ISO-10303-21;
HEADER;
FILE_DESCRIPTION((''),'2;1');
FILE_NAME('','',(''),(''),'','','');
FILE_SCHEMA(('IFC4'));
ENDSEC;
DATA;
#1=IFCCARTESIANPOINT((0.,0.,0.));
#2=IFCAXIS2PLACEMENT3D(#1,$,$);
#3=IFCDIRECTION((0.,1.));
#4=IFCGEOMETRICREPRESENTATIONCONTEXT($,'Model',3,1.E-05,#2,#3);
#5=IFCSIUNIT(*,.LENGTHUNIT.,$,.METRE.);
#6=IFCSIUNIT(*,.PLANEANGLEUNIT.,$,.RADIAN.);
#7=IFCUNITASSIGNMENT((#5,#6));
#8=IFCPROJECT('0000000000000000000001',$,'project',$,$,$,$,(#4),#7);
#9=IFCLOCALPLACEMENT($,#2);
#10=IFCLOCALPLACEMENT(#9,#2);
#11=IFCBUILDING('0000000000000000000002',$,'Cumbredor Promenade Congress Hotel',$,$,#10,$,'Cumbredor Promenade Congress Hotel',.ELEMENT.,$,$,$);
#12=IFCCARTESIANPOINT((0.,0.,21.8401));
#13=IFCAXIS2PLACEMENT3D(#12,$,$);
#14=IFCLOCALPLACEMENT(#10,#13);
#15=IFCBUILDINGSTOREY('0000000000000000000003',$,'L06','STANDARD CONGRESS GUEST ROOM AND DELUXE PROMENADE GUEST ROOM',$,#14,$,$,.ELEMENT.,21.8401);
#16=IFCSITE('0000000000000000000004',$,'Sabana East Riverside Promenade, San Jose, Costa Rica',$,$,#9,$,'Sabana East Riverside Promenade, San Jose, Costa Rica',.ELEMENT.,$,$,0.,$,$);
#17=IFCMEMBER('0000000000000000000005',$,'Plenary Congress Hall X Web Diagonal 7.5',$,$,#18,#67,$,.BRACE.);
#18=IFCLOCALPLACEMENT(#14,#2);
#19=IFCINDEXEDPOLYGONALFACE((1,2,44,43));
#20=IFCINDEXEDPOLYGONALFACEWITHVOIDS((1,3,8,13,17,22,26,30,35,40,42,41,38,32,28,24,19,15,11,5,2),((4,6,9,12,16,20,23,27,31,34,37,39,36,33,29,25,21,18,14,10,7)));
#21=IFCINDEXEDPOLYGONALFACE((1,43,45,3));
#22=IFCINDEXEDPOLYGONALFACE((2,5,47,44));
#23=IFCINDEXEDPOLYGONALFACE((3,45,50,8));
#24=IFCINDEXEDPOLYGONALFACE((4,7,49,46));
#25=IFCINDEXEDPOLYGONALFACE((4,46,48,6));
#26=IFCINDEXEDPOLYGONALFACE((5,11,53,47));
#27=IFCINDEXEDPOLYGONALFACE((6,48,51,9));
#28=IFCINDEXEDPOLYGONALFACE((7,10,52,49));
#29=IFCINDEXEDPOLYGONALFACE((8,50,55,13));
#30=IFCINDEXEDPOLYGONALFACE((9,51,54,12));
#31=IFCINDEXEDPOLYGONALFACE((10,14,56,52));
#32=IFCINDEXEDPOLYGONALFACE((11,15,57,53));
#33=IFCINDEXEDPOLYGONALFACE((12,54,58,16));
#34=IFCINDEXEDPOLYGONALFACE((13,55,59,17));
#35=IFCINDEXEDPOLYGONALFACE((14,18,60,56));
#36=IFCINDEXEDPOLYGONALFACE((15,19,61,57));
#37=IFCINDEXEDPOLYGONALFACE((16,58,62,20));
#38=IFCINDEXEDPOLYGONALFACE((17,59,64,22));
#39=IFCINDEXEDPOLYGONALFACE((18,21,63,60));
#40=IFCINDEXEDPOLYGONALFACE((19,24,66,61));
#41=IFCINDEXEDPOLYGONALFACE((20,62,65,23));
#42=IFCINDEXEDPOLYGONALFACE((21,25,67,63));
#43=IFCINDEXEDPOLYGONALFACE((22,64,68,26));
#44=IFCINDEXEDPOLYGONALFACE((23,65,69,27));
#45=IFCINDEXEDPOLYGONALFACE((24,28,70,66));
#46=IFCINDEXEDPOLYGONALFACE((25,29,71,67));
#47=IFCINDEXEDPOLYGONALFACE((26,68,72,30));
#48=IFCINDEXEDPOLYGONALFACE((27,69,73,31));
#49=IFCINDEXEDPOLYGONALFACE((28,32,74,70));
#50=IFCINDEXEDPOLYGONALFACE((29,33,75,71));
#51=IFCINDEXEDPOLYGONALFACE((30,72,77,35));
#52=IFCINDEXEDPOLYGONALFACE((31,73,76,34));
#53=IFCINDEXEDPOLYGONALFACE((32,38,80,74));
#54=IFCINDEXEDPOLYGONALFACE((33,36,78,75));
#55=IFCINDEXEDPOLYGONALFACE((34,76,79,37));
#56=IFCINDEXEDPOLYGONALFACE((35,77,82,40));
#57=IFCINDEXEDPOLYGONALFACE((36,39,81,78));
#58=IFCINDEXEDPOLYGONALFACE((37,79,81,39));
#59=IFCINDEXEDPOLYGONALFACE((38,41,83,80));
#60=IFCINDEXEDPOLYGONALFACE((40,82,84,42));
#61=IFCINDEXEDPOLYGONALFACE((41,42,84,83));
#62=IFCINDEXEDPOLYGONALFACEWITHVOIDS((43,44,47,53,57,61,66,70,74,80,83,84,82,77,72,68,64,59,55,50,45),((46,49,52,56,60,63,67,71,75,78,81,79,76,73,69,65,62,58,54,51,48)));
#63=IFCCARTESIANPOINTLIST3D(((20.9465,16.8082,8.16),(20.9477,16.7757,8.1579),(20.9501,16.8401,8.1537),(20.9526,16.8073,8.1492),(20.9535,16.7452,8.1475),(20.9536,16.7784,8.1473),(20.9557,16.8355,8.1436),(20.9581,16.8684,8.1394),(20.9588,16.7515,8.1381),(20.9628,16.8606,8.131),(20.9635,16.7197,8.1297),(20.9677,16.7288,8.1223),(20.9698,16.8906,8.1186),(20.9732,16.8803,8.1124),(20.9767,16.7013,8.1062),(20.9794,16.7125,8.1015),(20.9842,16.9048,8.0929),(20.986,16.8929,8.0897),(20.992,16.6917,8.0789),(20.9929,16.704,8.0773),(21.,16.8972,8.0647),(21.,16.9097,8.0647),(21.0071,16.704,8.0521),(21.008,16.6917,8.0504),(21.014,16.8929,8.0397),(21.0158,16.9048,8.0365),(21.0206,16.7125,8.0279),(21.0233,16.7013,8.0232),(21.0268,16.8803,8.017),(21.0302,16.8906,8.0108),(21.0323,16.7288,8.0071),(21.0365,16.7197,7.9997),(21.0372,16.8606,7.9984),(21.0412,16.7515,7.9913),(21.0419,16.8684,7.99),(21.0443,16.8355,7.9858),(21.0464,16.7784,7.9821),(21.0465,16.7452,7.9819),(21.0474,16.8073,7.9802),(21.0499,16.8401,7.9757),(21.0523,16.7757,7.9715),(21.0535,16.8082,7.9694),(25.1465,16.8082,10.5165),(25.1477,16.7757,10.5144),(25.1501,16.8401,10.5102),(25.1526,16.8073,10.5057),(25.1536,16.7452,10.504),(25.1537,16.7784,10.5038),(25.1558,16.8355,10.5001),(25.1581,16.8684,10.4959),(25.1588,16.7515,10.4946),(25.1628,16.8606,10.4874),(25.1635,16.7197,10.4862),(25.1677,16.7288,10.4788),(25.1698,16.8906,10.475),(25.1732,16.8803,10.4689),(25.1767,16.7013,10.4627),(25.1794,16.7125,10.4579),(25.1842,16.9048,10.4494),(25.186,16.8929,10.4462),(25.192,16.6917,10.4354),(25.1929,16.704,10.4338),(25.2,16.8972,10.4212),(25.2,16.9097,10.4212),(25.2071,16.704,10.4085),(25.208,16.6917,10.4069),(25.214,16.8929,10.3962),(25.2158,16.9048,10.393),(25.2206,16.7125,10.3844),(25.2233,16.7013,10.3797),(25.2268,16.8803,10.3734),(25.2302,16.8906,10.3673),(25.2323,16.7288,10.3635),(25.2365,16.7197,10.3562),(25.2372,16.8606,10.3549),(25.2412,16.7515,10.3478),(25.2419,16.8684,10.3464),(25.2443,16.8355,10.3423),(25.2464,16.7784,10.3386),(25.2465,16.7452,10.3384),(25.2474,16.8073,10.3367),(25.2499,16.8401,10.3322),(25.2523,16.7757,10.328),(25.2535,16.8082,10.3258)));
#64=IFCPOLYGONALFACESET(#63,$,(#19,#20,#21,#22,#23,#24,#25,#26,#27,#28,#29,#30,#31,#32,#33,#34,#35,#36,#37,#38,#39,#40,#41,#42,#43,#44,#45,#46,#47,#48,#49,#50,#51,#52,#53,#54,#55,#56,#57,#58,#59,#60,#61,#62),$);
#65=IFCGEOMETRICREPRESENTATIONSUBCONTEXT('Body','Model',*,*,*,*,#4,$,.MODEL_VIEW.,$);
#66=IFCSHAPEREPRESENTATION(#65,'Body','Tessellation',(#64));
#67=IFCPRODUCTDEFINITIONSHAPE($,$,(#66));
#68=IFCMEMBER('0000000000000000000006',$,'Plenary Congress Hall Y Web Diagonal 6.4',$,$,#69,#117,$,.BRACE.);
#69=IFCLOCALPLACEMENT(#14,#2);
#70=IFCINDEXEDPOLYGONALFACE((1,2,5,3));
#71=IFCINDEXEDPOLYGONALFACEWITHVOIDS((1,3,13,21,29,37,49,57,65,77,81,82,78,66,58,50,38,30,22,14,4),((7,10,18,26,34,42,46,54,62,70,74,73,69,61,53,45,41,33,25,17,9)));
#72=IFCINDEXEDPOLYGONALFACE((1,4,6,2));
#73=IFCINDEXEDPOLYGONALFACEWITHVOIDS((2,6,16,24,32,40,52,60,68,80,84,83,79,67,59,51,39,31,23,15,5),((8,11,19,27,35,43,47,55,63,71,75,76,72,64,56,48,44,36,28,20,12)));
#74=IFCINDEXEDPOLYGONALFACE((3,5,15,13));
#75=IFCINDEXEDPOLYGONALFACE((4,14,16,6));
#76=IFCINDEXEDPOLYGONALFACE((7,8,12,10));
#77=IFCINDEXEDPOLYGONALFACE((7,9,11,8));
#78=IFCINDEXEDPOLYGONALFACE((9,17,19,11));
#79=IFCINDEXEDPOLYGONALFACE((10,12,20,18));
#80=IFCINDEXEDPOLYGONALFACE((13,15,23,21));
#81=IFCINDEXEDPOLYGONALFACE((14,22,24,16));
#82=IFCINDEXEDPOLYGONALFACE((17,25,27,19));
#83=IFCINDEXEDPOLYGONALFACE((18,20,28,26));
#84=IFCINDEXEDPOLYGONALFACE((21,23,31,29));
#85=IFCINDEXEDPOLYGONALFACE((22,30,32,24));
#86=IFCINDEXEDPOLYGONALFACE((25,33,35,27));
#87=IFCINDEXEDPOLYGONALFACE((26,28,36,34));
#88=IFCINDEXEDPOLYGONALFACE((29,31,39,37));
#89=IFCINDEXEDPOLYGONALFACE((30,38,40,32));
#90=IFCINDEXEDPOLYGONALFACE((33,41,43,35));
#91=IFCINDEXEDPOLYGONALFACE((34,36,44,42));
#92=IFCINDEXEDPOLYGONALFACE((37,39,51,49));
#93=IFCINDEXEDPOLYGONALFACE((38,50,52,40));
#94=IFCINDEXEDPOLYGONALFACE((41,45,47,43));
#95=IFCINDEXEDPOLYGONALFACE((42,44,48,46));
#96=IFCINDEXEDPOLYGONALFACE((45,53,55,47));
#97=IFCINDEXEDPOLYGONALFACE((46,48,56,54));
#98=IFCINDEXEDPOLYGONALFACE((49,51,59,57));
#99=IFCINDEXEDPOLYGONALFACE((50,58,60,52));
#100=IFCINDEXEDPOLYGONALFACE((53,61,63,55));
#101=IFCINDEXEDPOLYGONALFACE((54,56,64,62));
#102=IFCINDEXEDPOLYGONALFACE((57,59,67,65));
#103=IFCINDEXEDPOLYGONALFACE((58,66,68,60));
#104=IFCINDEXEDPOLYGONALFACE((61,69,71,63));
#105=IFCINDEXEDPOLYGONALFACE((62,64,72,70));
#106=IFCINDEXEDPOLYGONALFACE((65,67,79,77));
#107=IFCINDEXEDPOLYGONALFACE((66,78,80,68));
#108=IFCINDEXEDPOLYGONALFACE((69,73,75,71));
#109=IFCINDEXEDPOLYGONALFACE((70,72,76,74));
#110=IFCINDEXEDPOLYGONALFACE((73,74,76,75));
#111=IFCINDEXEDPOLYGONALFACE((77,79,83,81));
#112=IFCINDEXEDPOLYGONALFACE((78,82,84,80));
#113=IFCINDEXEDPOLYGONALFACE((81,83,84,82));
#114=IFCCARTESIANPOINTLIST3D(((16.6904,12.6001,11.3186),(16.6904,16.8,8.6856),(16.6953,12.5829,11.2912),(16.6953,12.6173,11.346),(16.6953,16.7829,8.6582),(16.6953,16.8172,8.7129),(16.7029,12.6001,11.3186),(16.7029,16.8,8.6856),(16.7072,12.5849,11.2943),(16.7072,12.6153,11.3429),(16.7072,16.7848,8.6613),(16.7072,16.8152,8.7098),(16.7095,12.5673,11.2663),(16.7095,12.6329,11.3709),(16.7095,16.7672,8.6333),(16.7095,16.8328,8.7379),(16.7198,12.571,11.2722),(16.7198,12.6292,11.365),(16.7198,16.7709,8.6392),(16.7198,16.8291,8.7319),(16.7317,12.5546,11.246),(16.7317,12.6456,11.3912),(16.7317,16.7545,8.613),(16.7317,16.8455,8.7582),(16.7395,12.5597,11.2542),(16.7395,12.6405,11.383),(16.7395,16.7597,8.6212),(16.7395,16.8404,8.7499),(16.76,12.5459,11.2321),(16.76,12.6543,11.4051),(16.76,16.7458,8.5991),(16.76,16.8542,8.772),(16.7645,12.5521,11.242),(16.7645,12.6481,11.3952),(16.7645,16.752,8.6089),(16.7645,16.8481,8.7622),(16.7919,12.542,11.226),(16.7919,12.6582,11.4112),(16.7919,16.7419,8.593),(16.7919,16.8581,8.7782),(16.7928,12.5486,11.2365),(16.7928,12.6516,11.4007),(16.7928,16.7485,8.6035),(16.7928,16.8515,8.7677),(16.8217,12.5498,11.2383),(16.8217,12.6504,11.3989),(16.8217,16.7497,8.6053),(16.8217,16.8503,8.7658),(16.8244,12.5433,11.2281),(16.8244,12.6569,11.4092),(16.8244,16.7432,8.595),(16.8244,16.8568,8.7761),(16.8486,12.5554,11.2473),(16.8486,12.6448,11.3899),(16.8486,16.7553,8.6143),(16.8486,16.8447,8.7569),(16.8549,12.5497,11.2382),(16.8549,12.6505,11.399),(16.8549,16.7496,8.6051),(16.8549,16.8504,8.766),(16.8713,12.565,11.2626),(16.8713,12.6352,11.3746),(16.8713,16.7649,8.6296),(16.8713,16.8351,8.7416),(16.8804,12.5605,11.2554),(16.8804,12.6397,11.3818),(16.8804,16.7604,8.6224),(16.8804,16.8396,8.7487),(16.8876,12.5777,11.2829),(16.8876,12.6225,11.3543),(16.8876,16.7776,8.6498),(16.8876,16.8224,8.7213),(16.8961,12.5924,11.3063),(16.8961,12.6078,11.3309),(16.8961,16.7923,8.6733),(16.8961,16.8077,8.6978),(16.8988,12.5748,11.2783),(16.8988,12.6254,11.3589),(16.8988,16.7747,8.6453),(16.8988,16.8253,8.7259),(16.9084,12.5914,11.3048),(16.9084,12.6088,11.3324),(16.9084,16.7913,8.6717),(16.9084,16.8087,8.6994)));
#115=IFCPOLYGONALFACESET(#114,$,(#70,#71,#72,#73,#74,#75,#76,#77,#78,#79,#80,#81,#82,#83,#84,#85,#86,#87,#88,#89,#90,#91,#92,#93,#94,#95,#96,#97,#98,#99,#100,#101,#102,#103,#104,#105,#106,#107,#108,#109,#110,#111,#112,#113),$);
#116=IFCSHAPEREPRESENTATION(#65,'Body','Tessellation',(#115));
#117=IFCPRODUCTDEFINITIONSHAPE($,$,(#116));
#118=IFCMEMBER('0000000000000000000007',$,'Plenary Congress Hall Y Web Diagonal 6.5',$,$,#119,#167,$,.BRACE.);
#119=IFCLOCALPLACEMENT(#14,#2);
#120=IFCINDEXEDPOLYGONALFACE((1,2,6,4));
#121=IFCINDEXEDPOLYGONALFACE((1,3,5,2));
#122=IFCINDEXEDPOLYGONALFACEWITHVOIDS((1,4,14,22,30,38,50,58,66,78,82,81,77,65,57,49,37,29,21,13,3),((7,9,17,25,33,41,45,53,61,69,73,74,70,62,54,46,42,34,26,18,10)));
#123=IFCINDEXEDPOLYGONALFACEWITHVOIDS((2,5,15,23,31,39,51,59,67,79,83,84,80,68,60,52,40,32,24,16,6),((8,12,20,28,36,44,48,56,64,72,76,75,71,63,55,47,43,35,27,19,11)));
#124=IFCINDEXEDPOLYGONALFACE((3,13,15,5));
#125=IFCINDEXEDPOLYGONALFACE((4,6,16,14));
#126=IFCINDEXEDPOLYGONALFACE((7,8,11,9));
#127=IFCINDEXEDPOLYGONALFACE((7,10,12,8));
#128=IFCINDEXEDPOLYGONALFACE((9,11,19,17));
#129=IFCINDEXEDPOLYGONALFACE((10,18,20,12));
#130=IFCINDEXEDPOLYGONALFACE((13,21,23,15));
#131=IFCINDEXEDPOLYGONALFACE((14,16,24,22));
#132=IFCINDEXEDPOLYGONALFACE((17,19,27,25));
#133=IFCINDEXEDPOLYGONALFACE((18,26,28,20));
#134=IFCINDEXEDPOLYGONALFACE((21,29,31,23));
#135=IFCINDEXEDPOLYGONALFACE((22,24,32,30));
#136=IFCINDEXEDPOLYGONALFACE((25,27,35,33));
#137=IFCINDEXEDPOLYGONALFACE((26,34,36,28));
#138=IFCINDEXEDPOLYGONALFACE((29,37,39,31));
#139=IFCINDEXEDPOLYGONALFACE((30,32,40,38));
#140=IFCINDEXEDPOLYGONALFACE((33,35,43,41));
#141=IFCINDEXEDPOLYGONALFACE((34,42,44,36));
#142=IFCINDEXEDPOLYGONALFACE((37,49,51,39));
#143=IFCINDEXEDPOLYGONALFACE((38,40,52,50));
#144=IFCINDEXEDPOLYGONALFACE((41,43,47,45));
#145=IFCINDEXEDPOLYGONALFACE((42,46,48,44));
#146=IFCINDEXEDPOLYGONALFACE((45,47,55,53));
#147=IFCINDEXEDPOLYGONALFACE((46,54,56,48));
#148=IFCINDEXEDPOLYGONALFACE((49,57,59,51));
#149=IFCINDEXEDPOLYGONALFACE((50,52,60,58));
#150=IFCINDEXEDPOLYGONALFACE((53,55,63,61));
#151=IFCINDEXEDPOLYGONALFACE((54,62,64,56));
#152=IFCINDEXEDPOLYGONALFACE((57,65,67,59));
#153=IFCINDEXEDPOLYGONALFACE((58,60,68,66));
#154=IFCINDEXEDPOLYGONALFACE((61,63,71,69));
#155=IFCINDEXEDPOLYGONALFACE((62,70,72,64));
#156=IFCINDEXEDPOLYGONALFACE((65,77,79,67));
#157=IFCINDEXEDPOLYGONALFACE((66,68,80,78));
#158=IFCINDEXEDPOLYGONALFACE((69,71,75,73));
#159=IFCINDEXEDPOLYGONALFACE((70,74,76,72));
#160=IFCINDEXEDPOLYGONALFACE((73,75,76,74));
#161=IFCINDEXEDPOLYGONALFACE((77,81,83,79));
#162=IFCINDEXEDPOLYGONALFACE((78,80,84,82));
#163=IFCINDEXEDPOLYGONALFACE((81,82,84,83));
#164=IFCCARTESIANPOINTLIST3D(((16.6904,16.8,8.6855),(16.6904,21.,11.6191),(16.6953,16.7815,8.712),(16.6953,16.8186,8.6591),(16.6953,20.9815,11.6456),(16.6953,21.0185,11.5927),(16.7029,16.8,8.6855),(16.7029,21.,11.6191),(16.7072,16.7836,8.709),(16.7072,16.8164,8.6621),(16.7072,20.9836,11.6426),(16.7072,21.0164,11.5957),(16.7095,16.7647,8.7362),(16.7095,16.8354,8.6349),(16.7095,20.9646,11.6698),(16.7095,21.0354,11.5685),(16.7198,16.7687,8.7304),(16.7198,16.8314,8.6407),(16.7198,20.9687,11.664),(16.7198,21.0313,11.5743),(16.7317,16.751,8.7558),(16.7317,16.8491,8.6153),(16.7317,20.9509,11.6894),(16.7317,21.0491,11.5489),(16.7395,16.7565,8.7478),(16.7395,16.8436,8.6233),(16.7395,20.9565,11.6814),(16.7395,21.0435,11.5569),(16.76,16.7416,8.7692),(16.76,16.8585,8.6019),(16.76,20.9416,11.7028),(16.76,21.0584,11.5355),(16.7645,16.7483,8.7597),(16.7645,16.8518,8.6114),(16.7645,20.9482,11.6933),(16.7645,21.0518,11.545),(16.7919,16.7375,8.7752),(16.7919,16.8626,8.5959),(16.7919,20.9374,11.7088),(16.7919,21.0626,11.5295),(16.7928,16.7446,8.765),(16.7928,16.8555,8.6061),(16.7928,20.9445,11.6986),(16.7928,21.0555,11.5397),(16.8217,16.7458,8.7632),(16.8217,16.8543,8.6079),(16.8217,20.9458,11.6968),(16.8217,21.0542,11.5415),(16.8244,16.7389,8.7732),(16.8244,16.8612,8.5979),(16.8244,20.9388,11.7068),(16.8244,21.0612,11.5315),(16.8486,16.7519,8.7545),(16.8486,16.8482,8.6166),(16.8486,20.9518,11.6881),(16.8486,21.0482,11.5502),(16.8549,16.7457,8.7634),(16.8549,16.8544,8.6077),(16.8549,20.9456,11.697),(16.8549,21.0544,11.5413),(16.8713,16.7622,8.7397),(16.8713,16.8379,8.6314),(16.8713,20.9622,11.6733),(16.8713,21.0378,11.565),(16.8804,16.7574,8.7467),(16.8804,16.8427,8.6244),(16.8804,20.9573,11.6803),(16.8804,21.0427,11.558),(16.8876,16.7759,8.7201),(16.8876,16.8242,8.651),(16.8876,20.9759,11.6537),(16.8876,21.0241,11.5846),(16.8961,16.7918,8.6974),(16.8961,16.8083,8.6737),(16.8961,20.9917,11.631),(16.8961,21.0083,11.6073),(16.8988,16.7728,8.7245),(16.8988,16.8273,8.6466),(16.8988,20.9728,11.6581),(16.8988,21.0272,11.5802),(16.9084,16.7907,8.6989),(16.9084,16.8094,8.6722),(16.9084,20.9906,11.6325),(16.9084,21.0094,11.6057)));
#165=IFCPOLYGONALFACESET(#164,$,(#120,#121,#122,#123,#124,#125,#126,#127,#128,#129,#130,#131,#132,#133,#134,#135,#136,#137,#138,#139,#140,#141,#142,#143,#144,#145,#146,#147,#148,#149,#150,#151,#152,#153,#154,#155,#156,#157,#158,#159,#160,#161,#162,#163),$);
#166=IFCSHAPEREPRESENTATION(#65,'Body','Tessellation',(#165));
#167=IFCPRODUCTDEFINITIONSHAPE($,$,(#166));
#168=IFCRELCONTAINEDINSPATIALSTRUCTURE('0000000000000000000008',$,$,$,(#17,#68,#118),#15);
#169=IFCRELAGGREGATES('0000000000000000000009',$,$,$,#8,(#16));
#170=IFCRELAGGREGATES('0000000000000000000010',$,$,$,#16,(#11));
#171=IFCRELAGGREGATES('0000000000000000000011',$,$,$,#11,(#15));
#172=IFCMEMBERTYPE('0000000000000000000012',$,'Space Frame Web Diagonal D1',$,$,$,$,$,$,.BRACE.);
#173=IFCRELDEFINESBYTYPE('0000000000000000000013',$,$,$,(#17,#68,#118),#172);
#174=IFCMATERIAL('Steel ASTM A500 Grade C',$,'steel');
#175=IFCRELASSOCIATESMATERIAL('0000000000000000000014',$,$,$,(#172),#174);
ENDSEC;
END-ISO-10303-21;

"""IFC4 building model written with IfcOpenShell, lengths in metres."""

from ifc_helpers import new_model, si_unit, direction, frame, origin, origin_2d, place, context, subcontext, project, spatial, hollow_circle, extrude, material, material_profile, profile_set, type_object, element, save


model = new_model("IFC4")

# Units and contexts
model_context = context("Model", 3, precision=1e-05, world=origin(), true_north=direction((0.0, 1.0)))
body_context = subcontext(model_context, "Body", "Model", "MODEL_VIEW")
ifc_project = project(units=[si_unit("LENGTHUNIT", "METRE"), si_unit("PLANEANGLEUNIT", "RADIAN")], contexts=[model_context])

# Site, building, storey
site_placement = place(None, origin())
site = spatial("IfcSite", under=ifc_project, at=site_placement, Name="Sabana East Riverside Promenade, San Jose, Costa Rica", LongName="Sabana East Riverside Promenade, San Jose, Costa Rica", CompositionType="ELEMENT", RefElevation=0.0)
building_placement = place(site_placement, origin())
building = spatial("IfcBuilding", under=site, at=building_placement, Name="Cumbredor Promenade Congress Hotel", LongName="Cumbredor Promenade Congress Hotel", CompositionType="ELEMENT")
storey_placement = place(building_placement, frame((0.0, 0.0, 21.8401)))
storey = spatial("IfcBuildingStorey", under=building, at=storey_placement, Name="L06", Description="STANDARD CONGRESS GUEST ROOM AND DELUXE PROMENADE GUEST ROOM", CompositionType="ELEMENT", Elevation=21.8401)

# Members
ifc_material_1 = material(Name="Steel ASTM A500 Grade C", Category="steel")
ifc_material_profile_1 = material_profile(ifc_material_1, hollow_circle(Radius=0.1096, WallThickness=0.0125, at=origin_2d()), Name="CHS 219.1x12.5")
ifc_profile_set_1 = profile_set([ifc_material_profile_1], Name="Steel ASTM A500 Grade C")
member_type_1 = type_object("IfcMemberType", Name="Space Frame Web Diagonal D1", PredefinedType="BRACE", material=ifc_profile_set_1)
member_1_placement = place(storey_placement, frame((21.0, 16.8, 8.0647), z_axis=(0.87211, 0.0, 0.48931), x_axis=(0.0, 1.0, 0.0)))
element("IfcMember", 1, at=member_1_placement, inside=storey, type_object=member_type_1, Name="Plenary Congress Hall X Web Diagonal 7.5", PredefinedType="BRACE", context=body_context, shape_type="SweptSolid", body=[
    extrude(hollow_circle(Radius=0.1096, WallThickness=0.0125, at=origin_2d()), origin(), (0.0, 0.0, 1.0), 4.8159),
])
member_2_placement = place(storey_placement, frame((16.8, 12.6001, 11.3186), z_axis=(0.0, 0.847264, -0.531172), x_axis=(-1.0, 0.0, 0.0)))
element("IfcMember", 2, at=member_2_placement, inside=storey, type_object=member_type_1, Name="Plenary Congress Hall Y Web Diagonal 6.4", PredefinedType="BRACE", context=body_context, shape_type="SweptSolid", body=[
    extrude(hollow_circle(Radius=0.1096, WallThickness=0.0125, at=origin_2d()), origin(), (0.0, 0.0, 1.0), 4.957),
])
member_3_placement = place(storey_placement, frame((16.8, 16.8, 8.6855), z_axis=(0.0, 0.819816, 0.572627), x_axis=(-1.0, 0.0, 0.0)))
element("IfcMember", 3, at=member_3_placement, inside=storey, type_object=member_type_1, Name="Plenary Congress Hall Y Web Diagonal 6.5", PredefinedType="BRACE", context=body_context, shape_type="SweptSolid", body=[
    extrude(hollow_circle(Radius=0.1096, WallThickness=0.0125, at=origin_2d()), origin(), (0.0, 0.0, 1.0), 5.123),
])

save(model, "model.ifc")
